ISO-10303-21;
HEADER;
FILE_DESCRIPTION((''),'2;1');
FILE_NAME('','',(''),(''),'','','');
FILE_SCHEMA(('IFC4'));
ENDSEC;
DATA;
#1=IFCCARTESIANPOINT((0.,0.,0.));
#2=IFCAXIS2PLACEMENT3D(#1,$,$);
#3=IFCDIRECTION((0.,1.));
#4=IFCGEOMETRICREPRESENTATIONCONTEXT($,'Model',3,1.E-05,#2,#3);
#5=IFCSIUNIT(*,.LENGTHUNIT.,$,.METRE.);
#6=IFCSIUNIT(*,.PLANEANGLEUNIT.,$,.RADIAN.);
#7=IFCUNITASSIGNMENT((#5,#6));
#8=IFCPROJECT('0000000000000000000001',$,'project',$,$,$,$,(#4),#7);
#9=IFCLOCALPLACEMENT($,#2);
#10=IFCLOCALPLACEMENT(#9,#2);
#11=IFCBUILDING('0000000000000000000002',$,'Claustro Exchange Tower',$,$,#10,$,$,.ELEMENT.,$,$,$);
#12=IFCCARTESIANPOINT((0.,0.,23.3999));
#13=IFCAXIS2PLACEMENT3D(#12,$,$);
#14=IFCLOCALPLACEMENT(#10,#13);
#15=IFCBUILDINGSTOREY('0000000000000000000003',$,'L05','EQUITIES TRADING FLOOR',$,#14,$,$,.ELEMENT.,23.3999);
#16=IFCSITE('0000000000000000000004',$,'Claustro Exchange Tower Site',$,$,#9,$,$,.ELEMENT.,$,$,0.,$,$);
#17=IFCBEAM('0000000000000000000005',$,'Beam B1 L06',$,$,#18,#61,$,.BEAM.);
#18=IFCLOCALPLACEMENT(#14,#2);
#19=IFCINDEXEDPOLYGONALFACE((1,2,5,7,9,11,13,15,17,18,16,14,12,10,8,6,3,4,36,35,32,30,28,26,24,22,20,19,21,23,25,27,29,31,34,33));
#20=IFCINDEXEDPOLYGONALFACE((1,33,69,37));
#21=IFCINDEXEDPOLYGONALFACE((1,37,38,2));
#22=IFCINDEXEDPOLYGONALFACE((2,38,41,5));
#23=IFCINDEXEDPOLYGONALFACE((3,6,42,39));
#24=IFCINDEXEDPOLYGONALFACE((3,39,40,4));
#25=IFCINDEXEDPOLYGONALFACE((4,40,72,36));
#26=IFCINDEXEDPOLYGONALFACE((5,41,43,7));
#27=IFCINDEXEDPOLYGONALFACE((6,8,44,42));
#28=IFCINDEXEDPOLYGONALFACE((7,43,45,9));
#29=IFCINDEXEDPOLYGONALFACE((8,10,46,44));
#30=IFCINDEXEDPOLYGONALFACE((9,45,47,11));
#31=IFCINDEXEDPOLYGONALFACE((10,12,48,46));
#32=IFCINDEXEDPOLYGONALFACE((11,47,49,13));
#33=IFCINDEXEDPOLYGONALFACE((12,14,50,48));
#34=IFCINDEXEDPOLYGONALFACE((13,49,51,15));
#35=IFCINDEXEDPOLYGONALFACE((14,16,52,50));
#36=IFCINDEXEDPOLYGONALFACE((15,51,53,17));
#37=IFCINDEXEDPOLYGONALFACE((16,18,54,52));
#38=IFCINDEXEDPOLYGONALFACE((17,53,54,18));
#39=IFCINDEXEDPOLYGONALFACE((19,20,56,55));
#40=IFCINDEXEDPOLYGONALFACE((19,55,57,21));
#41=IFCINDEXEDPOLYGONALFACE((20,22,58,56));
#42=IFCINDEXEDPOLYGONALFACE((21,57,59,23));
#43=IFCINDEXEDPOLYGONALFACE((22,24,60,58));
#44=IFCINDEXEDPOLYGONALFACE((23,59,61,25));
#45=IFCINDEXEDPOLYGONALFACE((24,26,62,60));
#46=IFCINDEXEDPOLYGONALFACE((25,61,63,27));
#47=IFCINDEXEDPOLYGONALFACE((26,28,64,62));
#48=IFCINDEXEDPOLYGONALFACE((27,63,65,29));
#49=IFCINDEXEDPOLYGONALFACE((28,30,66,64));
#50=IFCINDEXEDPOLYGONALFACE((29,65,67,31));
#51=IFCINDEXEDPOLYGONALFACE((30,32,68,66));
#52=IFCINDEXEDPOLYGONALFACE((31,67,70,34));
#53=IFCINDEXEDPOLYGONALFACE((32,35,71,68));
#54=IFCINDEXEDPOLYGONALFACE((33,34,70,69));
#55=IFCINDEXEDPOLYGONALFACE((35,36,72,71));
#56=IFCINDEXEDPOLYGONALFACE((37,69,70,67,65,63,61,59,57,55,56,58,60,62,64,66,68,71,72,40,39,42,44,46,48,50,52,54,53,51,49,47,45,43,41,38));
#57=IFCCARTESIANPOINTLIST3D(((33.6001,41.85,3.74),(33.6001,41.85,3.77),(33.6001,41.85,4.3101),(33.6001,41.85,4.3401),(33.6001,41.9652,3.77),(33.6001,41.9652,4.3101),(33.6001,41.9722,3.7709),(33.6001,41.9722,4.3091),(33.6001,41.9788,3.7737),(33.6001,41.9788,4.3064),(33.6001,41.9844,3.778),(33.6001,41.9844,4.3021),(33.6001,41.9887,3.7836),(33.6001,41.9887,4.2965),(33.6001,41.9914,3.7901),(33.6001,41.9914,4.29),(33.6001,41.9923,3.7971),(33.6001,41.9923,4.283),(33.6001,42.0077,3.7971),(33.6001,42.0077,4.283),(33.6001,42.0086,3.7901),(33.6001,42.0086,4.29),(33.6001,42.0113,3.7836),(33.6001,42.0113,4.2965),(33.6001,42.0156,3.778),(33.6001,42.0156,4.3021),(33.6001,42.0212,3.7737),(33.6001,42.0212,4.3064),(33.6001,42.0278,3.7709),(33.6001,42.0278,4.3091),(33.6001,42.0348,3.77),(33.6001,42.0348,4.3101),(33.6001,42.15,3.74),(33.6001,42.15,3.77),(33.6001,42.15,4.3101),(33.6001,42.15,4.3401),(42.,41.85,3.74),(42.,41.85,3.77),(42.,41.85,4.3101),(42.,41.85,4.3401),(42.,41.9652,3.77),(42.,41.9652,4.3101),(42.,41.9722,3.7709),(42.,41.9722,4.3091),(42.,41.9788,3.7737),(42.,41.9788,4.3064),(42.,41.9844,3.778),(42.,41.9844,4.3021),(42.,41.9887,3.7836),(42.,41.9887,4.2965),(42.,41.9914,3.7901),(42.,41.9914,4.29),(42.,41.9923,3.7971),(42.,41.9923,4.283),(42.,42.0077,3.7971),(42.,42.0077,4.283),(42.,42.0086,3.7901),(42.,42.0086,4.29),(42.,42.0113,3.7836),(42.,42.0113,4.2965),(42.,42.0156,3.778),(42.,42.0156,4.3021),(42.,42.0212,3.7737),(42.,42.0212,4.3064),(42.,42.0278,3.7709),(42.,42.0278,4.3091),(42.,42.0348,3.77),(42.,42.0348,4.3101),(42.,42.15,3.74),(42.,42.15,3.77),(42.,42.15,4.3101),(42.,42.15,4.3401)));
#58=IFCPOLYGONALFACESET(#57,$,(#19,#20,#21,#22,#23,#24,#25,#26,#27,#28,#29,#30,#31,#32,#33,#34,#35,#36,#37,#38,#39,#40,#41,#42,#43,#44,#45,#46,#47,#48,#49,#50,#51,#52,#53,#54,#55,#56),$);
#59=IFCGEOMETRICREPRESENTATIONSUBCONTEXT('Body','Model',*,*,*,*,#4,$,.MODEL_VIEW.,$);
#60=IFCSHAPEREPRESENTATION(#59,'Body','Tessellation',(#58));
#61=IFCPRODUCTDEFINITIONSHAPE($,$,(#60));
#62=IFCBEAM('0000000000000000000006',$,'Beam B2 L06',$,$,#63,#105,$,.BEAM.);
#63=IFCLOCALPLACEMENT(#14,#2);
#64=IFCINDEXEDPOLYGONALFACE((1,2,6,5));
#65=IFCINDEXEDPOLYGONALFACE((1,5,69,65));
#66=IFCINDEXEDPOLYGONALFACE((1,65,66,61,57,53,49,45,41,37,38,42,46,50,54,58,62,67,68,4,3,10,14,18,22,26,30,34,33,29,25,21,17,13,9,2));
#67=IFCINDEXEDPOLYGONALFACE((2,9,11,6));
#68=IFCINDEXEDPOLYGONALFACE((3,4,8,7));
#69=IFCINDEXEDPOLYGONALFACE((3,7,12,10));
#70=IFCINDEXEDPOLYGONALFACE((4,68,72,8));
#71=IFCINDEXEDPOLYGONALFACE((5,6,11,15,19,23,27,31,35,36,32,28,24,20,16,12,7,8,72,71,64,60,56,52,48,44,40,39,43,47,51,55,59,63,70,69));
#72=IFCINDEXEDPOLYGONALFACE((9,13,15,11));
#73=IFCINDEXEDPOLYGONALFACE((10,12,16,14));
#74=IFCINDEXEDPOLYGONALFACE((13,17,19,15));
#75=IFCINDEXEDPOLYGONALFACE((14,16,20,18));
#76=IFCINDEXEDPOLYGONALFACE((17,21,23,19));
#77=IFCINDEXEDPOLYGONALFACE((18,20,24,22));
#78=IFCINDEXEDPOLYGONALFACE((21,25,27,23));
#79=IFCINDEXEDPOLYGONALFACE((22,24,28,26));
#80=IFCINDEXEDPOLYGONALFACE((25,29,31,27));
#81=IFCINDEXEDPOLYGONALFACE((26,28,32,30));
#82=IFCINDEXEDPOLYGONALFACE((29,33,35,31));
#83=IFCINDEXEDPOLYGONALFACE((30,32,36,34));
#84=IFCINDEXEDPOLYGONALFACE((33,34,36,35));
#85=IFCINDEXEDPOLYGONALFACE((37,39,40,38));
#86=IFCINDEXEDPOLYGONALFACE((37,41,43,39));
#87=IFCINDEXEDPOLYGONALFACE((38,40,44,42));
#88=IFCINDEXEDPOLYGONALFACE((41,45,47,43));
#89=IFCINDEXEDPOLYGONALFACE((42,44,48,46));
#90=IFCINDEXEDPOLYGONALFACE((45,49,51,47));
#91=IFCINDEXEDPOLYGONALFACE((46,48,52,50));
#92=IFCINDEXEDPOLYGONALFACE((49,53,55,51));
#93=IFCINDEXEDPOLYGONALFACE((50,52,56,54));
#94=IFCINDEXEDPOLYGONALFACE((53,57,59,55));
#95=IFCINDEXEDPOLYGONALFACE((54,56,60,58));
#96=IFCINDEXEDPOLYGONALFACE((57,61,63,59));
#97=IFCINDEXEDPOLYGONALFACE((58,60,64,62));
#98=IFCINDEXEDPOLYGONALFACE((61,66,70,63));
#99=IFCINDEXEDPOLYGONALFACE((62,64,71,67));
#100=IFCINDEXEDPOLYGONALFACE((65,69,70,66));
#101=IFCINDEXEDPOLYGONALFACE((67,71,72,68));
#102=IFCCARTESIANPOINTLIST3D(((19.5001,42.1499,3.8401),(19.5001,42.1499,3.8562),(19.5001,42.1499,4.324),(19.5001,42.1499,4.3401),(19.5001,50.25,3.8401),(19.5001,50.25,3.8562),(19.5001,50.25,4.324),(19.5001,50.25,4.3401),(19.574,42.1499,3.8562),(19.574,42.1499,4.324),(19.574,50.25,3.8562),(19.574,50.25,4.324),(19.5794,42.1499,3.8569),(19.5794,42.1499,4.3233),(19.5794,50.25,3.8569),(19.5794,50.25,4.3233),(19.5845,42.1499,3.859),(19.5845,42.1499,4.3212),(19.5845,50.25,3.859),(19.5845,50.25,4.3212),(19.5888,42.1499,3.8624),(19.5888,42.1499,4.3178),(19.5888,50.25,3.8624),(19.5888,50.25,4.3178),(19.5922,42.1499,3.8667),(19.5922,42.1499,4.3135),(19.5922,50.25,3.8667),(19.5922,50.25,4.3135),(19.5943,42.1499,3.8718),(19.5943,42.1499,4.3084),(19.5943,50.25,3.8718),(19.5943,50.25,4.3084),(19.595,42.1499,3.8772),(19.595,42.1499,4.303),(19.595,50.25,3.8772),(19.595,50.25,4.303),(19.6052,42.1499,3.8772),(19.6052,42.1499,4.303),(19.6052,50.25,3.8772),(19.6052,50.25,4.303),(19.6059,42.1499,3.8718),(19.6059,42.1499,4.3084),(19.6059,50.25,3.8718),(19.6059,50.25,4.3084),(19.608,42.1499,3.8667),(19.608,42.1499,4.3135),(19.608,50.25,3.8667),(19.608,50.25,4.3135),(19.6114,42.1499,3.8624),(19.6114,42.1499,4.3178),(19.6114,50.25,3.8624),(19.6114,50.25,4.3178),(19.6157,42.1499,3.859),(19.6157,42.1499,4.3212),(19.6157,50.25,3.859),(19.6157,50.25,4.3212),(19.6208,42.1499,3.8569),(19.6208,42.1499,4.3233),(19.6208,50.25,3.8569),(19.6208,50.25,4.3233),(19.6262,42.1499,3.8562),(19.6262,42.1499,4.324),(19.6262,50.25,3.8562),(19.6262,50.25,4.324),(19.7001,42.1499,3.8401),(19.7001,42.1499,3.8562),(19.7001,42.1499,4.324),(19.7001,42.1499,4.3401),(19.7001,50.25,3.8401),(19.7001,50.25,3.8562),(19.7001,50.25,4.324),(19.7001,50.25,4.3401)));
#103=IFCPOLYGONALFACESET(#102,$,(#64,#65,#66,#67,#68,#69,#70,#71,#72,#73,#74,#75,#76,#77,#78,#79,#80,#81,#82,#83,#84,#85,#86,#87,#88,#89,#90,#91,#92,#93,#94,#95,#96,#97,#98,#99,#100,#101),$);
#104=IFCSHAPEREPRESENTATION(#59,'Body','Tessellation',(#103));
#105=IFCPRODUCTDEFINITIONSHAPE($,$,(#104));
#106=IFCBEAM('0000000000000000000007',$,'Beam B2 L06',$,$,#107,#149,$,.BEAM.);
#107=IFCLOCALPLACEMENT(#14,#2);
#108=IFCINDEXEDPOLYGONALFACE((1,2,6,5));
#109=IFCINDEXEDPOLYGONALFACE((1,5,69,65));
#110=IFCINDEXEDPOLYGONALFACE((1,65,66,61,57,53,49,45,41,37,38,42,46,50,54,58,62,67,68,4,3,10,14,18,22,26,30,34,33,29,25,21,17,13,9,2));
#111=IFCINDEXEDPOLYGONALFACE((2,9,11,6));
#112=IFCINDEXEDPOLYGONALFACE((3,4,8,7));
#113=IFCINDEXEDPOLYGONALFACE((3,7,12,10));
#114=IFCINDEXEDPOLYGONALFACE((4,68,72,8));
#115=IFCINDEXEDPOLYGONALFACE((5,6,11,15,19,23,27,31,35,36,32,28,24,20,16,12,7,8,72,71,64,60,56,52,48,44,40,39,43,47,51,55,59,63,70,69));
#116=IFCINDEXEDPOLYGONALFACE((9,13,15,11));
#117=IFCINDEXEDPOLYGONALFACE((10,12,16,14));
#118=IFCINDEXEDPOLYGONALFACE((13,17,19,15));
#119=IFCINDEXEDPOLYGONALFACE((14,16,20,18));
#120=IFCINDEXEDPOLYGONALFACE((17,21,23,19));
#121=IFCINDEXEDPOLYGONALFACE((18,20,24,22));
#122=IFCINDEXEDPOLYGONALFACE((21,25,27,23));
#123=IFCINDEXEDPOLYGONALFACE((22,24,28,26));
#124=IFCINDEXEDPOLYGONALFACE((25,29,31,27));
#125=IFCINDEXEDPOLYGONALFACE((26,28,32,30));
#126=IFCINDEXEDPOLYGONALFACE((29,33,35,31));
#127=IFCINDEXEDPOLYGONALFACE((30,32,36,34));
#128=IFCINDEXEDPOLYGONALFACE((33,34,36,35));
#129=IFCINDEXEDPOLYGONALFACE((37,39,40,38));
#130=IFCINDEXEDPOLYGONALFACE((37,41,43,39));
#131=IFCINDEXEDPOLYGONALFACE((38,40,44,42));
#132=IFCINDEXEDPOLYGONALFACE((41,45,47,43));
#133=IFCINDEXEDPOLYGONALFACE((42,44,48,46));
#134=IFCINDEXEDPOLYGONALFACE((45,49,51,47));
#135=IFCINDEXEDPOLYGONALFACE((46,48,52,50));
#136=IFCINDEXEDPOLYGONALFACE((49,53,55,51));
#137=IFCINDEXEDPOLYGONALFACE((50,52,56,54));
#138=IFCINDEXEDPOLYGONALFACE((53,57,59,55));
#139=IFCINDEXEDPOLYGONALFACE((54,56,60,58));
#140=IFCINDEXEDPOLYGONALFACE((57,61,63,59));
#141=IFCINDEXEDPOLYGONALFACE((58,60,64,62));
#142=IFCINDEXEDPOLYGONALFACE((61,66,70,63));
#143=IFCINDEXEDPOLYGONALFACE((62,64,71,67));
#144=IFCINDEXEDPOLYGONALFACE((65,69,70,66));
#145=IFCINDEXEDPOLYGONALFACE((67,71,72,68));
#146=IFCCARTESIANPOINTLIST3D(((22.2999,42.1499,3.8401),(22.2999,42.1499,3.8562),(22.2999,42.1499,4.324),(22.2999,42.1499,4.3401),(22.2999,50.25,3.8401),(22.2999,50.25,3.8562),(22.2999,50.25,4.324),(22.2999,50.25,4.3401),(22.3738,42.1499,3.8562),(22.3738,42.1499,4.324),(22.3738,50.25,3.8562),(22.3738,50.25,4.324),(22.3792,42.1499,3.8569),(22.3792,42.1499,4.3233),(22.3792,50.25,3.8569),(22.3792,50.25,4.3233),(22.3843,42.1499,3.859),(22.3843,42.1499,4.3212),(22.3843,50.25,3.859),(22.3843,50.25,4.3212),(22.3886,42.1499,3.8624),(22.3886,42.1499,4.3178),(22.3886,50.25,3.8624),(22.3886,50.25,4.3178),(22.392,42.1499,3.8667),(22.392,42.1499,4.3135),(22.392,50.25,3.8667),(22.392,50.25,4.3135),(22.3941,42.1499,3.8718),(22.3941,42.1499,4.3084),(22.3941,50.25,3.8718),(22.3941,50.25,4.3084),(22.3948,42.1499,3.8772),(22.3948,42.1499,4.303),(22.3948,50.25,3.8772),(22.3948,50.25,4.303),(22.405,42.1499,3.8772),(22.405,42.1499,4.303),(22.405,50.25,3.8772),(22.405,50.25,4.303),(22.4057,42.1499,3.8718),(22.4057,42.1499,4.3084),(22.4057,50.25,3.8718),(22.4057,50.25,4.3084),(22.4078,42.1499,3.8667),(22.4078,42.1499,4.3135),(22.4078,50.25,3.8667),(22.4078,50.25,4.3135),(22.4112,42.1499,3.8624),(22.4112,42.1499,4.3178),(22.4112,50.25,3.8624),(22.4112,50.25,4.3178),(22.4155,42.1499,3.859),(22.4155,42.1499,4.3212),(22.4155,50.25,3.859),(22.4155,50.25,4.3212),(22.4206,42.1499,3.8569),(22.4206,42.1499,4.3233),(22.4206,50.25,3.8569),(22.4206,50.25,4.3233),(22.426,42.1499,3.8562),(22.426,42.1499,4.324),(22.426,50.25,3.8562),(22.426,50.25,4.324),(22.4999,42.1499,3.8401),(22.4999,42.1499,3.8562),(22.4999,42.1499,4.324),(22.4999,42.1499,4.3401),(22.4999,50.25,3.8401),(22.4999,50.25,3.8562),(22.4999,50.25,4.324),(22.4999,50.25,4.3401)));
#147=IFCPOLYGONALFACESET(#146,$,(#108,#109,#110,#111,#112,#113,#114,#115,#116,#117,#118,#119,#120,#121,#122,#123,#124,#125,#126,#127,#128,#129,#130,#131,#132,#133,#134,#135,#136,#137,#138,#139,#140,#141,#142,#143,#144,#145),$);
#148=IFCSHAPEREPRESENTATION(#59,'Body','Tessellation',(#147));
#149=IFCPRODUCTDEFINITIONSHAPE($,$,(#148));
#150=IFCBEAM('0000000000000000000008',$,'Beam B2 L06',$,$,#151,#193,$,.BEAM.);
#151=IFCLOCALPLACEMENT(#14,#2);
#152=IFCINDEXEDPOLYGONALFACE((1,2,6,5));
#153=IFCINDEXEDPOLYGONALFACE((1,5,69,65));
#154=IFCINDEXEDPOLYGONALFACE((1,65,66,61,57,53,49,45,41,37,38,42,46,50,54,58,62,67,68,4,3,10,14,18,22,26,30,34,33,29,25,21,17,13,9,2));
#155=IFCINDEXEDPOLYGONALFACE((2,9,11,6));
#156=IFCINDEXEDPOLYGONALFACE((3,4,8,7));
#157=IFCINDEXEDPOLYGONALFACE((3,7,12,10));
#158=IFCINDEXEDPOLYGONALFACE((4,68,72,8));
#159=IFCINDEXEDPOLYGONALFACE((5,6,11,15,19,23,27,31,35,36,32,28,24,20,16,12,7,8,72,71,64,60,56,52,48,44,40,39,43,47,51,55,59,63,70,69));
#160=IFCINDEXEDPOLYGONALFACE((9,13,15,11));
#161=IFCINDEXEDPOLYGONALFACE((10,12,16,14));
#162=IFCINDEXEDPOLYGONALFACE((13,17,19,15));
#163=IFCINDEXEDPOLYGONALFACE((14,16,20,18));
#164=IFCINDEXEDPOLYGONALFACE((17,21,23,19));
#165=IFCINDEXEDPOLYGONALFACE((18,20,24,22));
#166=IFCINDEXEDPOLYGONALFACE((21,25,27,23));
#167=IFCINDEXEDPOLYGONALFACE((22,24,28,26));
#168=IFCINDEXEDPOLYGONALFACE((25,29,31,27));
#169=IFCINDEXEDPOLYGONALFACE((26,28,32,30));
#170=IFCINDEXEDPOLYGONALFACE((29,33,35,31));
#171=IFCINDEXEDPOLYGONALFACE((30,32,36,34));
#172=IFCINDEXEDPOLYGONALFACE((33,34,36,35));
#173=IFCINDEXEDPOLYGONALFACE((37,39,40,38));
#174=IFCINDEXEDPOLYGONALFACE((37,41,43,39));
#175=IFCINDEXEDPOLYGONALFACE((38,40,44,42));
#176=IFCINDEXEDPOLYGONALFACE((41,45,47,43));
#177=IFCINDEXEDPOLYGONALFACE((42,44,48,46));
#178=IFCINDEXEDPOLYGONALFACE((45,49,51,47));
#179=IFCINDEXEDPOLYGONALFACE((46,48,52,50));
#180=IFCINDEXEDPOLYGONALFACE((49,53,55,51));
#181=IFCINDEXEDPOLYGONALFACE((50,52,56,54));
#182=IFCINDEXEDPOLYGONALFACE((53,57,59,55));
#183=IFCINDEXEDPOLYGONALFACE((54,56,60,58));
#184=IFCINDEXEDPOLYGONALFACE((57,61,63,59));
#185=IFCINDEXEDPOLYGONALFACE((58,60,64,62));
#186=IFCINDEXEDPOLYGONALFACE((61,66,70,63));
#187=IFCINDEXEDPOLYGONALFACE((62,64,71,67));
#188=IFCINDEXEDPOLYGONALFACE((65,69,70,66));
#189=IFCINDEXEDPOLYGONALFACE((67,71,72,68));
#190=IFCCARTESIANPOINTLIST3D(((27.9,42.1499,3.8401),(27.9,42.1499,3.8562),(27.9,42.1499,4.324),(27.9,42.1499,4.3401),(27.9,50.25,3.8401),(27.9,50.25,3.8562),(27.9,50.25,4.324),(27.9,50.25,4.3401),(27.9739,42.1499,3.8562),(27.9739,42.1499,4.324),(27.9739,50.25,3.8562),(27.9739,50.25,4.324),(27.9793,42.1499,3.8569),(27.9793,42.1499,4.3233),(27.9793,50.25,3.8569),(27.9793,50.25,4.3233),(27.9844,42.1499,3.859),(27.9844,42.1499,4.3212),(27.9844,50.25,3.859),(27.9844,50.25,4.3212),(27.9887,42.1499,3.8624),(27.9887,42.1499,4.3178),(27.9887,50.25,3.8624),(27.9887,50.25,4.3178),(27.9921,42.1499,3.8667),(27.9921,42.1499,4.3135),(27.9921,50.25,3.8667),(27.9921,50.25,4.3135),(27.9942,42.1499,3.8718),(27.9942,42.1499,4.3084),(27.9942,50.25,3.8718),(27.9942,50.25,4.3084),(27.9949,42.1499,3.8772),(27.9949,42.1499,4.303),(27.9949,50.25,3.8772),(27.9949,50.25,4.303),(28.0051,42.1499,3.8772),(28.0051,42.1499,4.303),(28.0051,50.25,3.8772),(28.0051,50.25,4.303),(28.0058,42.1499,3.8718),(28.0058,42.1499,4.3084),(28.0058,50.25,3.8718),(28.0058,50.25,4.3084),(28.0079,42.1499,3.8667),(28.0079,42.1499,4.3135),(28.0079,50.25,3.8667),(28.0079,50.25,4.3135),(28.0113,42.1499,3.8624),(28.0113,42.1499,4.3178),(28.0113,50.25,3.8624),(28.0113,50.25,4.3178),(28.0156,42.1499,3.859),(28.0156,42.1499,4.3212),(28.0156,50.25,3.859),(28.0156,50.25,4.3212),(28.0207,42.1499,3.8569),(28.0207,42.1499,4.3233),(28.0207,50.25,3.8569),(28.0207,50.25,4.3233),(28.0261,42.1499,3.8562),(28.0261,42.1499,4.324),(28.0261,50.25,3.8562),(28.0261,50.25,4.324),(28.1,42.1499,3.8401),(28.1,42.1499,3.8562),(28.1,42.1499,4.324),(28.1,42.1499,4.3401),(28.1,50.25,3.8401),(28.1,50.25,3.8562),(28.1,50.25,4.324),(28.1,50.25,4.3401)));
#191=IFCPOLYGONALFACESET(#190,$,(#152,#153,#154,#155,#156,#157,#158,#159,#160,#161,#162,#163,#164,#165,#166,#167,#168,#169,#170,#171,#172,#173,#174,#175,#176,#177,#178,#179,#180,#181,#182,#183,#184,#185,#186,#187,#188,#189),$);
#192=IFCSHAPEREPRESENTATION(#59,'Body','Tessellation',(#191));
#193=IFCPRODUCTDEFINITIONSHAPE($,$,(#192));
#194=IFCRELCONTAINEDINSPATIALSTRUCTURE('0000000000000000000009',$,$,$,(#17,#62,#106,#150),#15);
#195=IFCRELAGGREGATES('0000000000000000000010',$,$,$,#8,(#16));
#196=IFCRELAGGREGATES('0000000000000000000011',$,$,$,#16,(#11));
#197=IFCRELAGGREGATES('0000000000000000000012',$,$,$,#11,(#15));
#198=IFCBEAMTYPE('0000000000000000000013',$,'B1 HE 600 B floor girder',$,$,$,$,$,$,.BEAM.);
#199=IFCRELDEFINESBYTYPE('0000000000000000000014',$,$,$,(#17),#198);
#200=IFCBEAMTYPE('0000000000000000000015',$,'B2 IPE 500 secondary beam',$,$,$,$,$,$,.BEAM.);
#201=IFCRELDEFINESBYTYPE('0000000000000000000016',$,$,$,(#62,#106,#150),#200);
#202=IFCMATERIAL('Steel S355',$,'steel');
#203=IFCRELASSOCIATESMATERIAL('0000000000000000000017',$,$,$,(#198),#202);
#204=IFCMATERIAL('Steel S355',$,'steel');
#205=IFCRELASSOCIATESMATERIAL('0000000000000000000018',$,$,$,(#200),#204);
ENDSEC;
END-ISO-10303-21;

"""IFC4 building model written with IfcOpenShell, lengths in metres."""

from ifc_helpers import new_model, si_unit, direction, frame, origin, origin_2d, place, context, subcontext, project, spatial, i_section, extrude, material, material_profile, profile_set, type_object, element, save


model = new_model("IFC4")

# Units and contexts
model_context = context("Model", 3, precision=1e-05, world=origin(), true_north=direction((0.0, 1.0)))
body_context = subcontext(model_context, "Body", "Model", "MODEL_VIEW")
ifc_project = project(units=[si_unit("LENGTHUNIT", "METRE"), si_unit("PLANEANGLEUNIT", "RADIAN")], contexts=[model_context])

# Site, building, storey
site_placement = place(None, origin())
site = spatial("IfcSite", under=ifc_project, at=site_placement, Name="Claustro Exchange Tower Site", CompositionType="ELEMENT", RefElevation=0.0)
building_placement = place(site_placement, origin())
building = spatial("IfcBuilding", under=site, at=building_placement, Name="Claustro Exchange Tower", CompositionType="ELEMENT")
storey_placement = place(building_placement, frame((0.0, 0.0, 23.3999)))
storey = spatial("IfcBuildingStorey", under=building, at=storey_placement, Name="L05", Description="EQUITIES TRADING FLOOR", CompositionType="ELEMENT", Elevation=23.3999)

# Beams
ifc_material_1 = material(Name="Steel S355", Category="steel")
ifc_material_profile_1 = material_profile(ifc_material_1, i_section(OverallWidth=0.3, OverallDepth=0.6001, WebThickness=0.0154, FlangeThickness=0.03, FilletRadius=0.0271, at=origin_2d()), Name="HE 600 B")
ifc_profile_set_1 = profile_set([ifc_material_profile_1], Name="Steel S355")
beam_type_1 = type_object("IfcBeamType", Name="B1 HE 600 B floor girder", PredefinedType="BEAM", material=ifc_profile_set_1)
beam_1_placement = place(storey_placement, frame((33.6001, 42.0, 4.04), z_axis=(1.0, 0.0, 0.0), x_axis=(0.0, 1.0, 0.0)))
element("IfcBeam", 1, at=beam_1_placement, inside=storey, type_object=beam_type_1, Name="Beam B1 L06", PredefinedType="BEAM", context=body_context, shape_type="SweptSolid", body=[
    extrude(i_section(OverallWidth=0.3, OverallDepth=0.6001, WebThickness=0.0154, FlangeThickness=0.03, FilletRadius=0.0271, at=origin_2d()), origin(), (0.0, 0.0, 1.0), 8.3999),
])
ifc_material_2 = material(Name="Steel S355", Category="steel")
ifc_material_profile_2 = material_profile(ifc_material_2, i_section(OverallWidth=0.2, OverallDepth=0.5, WebThickness=0.0103, FlangeThickness=0.0161, FilletRadius=0.021, at=origin_2d()), Name="IPE 500")
ifc_profile_set_2 = profile_set([ifc_material_profile_2], Name="Steel S355")
beam_type_2 = type_object("IfcBeamType", Name="B2 IPE 500 secondary beam", PredefinedType="BEAM", material=ifc_profile_set_2)
for number, where, z_axis, x_axis, name in (
    (2, (19.6001, 42.1499, 4.0901), (0.0, 1.0, 0.0), (-1.0, 0.0, 0.0), "Beam B2 L06"),
    (3, (22.3999, 42.1499, 4.0901), (0.0, 1.0, 0.0), (-1.0, 0.0, 0.0), "Beam B2 L06"),
    (4, (28.0, 42.1499, 4.0901), (0.0, 1.0, 0.0), (-1.0, 0.0, 0.0), "Beam B2 L06"),
):
    element("IfcBeam", number, at=place(storey_placement, frame(where, z_axis=z_axis, x_axis=x_axis)), inside=storey, type_object=beam_type_2, Name=name, PredefinedType="BEAM", context=body_context, shape_type="SweptSolid", body=[
        extrude(i_section(OverallWidth=0.2, OverallDepth=0.5, WebThickness=0.0103, FlangeThickness=0.0161, FilletRadius=0.021, at=origin_2d()), origin(), (0.0, 0.0, 1.0), 8.1001),
    ])

save(model, "model.ifc")
